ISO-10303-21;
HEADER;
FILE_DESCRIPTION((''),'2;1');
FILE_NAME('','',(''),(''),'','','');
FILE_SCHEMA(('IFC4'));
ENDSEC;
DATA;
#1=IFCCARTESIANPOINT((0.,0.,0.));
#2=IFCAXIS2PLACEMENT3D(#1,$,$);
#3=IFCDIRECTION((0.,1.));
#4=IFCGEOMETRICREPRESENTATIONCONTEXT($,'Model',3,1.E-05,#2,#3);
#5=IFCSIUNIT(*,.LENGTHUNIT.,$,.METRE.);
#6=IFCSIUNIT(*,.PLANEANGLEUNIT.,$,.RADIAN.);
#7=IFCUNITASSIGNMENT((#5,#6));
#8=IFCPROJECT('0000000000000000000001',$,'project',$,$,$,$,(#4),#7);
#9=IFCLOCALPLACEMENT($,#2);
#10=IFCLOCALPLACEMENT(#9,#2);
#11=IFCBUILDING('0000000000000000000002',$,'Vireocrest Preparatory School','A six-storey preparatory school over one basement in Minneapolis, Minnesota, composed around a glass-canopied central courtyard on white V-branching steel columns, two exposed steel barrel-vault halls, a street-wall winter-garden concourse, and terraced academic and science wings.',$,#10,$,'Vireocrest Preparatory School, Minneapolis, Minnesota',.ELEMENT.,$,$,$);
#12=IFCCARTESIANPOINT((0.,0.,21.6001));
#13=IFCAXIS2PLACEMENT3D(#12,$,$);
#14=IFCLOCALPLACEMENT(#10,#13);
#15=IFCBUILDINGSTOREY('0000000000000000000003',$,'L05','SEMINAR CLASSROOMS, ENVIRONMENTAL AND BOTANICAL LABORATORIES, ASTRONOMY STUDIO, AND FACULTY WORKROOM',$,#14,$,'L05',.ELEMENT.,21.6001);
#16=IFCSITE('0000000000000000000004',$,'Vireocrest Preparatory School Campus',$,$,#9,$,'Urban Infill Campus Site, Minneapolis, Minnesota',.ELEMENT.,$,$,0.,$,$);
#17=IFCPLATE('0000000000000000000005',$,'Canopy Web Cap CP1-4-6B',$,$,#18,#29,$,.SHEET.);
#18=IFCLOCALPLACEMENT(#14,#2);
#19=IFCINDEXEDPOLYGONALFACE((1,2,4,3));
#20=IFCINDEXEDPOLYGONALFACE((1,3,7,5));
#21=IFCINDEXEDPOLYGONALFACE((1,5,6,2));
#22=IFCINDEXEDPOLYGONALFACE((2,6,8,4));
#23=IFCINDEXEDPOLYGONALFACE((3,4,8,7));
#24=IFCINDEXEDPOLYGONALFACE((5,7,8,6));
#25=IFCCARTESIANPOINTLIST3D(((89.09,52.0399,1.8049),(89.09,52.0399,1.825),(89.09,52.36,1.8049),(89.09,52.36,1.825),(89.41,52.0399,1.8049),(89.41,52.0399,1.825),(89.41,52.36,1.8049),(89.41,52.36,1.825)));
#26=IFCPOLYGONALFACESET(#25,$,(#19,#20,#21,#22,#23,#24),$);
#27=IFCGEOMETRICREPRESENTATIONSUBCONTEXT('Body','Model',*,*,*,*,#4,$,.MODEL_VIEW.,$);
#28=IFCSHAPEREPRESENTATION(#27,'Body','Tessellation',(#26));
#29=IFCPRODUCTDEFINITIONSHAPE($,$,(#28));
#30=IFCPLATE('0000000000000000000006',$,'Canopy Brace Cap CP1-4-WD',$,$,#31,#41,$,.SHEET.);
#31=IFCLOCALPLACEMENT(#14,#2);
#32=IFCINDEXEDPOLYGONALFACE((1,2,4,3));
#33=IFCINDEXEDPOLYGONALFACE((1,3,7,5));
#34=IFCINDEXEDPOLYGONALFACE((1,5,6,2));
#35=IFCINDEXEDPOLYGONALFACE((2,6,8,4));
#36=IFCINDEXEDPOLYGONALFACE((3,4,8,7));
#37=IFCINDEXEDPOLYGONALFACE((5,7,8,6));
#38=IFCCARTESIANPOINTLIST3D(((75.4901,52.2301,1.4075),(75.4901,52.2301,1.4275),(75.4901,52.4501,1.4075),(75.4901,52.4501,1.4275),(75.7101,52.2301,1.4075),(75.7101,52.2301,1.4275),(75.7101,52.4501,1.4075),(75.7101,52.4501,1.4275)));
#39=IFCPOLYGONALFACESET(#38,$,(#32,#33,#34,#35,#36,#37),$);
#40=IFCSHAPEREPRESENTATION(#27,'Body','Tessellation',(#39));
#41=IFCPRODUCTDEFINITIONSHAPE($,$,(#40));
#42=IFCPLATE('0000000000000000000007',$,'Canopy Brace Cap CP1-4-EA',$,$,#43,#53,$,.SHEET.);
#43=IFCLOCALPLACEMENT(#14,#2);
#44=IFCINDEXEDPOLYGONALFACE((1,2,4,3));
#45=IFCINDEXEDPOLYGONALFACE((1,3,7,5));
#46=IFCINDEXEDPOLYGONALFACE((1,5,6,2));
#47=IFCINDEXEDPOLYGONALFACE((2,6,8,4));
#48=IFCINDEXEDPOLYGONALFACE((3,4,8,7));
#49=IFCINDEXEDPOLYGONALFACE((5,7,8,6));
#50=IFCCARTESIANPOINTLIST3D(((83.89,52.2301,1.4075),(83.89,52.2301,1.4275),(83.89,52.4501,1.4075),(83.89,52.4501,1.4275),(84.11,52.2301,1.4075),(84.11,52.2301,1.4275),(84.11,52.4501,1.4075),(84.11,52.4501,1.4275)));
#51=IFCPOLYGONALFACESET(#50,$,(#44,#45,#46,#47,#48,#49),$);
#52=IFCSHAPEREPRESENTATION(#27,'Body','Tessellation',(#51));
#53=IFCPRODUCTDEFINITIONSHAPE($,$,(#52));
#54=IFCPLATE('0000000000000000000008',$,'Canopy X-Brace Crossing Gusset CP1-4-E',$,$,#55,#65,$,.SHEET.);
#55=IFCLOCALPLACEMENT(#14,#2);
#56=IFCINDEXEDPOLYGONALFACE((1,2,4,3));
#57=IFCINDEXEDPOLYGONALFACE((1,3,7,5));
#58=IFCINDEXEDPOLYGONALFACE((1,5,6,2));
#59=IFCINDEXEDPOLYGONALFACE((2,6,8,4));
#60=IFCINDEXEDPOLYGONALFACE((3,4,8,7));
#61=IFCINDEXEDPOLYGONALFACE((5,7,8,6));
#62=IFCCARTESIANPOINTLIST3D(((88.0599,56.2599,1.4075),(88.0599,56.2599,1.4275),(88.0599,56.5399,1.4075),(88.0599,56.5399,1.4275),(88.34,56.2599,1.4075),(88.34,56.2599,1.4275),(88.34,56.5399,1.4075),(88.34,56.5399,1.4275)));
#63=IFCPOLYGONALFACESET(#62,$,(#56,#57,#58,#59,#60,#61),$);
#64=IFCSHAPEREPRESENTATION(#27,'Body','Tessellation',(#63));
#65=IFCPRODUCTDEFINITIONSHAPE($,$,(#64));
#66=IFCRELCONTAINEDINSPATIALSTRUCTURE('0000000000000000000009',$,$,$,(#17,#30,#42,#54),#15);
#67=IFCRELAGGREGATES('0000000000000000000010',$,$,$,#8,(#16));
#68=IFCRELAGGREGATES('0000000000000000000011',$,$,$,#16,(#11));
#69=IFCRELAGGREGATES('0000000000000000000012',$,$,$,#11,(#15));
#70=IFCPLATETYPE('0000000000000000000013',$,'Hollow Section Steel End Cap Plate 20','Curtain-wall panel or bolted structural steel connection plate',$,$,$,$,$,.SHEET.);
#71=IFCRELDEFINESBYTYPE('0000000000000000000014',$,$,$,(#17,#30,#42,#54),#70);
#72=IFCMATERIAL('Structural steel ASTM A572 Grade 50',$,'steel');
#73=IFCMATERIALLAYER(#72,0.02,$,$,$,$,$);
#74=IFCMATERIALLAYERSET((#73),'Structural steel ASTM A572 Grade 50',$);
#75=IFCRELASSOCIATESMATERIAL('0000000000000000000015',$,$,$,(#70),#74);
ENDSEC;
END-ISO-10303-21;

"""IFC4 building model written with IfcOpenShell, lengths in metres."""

from ifc_helpers import new_model, si_unit, direction, frame, origin, origin_2d, place, context, subcontext, project, spatial, rectangle, extrude, material, layer, layer_set, type_object, element, save


model = new_model("IFC4")

# Units and contexts
model_context = context("Model", 3, precision=1e-05, world=origin(), true_north=direction((0.0, 1.0)))
body_context = subcontext(model_context, "Body", "Model", "MODEL_VIEW")
ifc_project = project(units=[si_unit("LENGTHUNIT", "METRE"), si_unit("PLANEANGLEUNIT", "RADIAN")], contexts=[model_context])

# Site, building, storey
site_placement = place(None, origin())
site = spatial("IfcSite", under=ifc_project, at=site_placement, Name="Vireocrest Preparatory School Campus", LongName="Urban Infill Campus Site, Minneapolis, Minnesota", CompositionType="ELEMENT", RefElevation=0.0)
building_placement = place(site_placement, origin())
building = spatial("IfcBuilding", under=site, at=building_placement, Name="Vireocrest Preparatory School", Description="A six-storey preparatory school over one basement in Minneapolis, Minnesota, composed around a glass-canopied central courtyard on white V-branching steel columns, two exposed steel barrel-vault halls, a street-wall winter-garden concourse, and terraced academic and science wings.", LongName="Vireocrest Preparatory School, Minneapolis, Minnesota", CompositionType="ELEMENT")
storey_placement = place(building_placement, frame((0.0, 0.0, 21.6001)))
storey = spatial("IfcBuildingStorey", under=building, at=storey_placement, Name="L05", Description="SEMINAR CLASSROOMS, ENVIRONMENTAL AND BOTANICAL LABORATORIES, ASTRONOMY STUDIO, AND FACULTY WORKROOM", LongName="L05", CompositionType="ELEMENT", Elevation=21.6001)

# Plates
ifc_material_1 = material(Name="Structural steel ASTM A572 Grade 50", Category="steel")
ifc_layer_1 = layer(ifc_material_1, 0.02)
ifc_layer_set_1 = layer_set([ifc_layer_1], Name="Structural steel ASTM A572 Grade 50")
plate_type_1 = type_object("IfcPlateType", Name="Hollow Section Steel End Cap Plate 20", Description="Curtain-wall panel or bolted structural steel connection plate", PredefinedType="SHEET", material=ifc_layer_set_1)
for number, where, z_axis, x_axis, name in (
    (1, (89.25, 52.2, 1.8049), (0.0, 0.0, 1.0), (1.0, 0.0, 0.0), "Canopy Web Cap CP1-4-6B"),
):
    element("IfcPlate", number, at=place(storey_placement, frame(where, z_axis=z_axis, x_axis=x_axis)), inside=storey, type_object=plate_type_1, Name=name, PredefinedType="SHEET", context=body_context, shape_type="SweptSolid", body=[
        extrude(rectangle(XDim=0.3201, YDim=0.3201, at=origin_2d()), origin(), (0.0, 0.0, 1.0), 0.02),
    ])
for number, where, z_axis, x_axis, name in (
    (2, (75.6001, 52.3401, 1.4075), (0.0, 0.0, 1.0), (1.0, 0.0, 0.0), "Canopy Brace Cap CP1-4-WD"),
    (3, (84.0, 52.3401, 1.4075), (0.0, 0.0, 1.0), (1.0, 0.0, 0.0), "Canopy Brace Cap CP1-4-EA"),
):
    element("IfcPlate", number, at=place(storey_placement, frame(where, z_axis=z_axis, x_axis=x_axis)), inside=storey, type_object=plate_type_1, Name=name, PredefinedType="SHEET", context=body_context, shape_type="SweptSolid", body=[
        extrude(rectangle(XDim=0.22, YDim=0.22, at=origin_2d()), origin(), (0.0, 0.0, 1.0), 0.02),
    ])
plate_1_placement = place(storey_placement, frame((88.2, 56.3999, 1.4075), z_axis=(0.0, 0.0, 1.0), x_axis=(1.0, 0.0, 0.0)))
element("IfcPlate", 4, at=plate_1_placement, inside=storey, type_object=plate_type_1, Name="Canopy X-Brace Crossing Gusset CP1-4-E", PredefinedType="SHEET", context=body_context, shape_type="SweptSolid", body=[
    extrude(rectangle(XDim=0.28, YDim=0.28, at=origin_2d()), origin(), (0.0, 0.0, 1.0), 0.02),
])

save(model, "model.ifc")
